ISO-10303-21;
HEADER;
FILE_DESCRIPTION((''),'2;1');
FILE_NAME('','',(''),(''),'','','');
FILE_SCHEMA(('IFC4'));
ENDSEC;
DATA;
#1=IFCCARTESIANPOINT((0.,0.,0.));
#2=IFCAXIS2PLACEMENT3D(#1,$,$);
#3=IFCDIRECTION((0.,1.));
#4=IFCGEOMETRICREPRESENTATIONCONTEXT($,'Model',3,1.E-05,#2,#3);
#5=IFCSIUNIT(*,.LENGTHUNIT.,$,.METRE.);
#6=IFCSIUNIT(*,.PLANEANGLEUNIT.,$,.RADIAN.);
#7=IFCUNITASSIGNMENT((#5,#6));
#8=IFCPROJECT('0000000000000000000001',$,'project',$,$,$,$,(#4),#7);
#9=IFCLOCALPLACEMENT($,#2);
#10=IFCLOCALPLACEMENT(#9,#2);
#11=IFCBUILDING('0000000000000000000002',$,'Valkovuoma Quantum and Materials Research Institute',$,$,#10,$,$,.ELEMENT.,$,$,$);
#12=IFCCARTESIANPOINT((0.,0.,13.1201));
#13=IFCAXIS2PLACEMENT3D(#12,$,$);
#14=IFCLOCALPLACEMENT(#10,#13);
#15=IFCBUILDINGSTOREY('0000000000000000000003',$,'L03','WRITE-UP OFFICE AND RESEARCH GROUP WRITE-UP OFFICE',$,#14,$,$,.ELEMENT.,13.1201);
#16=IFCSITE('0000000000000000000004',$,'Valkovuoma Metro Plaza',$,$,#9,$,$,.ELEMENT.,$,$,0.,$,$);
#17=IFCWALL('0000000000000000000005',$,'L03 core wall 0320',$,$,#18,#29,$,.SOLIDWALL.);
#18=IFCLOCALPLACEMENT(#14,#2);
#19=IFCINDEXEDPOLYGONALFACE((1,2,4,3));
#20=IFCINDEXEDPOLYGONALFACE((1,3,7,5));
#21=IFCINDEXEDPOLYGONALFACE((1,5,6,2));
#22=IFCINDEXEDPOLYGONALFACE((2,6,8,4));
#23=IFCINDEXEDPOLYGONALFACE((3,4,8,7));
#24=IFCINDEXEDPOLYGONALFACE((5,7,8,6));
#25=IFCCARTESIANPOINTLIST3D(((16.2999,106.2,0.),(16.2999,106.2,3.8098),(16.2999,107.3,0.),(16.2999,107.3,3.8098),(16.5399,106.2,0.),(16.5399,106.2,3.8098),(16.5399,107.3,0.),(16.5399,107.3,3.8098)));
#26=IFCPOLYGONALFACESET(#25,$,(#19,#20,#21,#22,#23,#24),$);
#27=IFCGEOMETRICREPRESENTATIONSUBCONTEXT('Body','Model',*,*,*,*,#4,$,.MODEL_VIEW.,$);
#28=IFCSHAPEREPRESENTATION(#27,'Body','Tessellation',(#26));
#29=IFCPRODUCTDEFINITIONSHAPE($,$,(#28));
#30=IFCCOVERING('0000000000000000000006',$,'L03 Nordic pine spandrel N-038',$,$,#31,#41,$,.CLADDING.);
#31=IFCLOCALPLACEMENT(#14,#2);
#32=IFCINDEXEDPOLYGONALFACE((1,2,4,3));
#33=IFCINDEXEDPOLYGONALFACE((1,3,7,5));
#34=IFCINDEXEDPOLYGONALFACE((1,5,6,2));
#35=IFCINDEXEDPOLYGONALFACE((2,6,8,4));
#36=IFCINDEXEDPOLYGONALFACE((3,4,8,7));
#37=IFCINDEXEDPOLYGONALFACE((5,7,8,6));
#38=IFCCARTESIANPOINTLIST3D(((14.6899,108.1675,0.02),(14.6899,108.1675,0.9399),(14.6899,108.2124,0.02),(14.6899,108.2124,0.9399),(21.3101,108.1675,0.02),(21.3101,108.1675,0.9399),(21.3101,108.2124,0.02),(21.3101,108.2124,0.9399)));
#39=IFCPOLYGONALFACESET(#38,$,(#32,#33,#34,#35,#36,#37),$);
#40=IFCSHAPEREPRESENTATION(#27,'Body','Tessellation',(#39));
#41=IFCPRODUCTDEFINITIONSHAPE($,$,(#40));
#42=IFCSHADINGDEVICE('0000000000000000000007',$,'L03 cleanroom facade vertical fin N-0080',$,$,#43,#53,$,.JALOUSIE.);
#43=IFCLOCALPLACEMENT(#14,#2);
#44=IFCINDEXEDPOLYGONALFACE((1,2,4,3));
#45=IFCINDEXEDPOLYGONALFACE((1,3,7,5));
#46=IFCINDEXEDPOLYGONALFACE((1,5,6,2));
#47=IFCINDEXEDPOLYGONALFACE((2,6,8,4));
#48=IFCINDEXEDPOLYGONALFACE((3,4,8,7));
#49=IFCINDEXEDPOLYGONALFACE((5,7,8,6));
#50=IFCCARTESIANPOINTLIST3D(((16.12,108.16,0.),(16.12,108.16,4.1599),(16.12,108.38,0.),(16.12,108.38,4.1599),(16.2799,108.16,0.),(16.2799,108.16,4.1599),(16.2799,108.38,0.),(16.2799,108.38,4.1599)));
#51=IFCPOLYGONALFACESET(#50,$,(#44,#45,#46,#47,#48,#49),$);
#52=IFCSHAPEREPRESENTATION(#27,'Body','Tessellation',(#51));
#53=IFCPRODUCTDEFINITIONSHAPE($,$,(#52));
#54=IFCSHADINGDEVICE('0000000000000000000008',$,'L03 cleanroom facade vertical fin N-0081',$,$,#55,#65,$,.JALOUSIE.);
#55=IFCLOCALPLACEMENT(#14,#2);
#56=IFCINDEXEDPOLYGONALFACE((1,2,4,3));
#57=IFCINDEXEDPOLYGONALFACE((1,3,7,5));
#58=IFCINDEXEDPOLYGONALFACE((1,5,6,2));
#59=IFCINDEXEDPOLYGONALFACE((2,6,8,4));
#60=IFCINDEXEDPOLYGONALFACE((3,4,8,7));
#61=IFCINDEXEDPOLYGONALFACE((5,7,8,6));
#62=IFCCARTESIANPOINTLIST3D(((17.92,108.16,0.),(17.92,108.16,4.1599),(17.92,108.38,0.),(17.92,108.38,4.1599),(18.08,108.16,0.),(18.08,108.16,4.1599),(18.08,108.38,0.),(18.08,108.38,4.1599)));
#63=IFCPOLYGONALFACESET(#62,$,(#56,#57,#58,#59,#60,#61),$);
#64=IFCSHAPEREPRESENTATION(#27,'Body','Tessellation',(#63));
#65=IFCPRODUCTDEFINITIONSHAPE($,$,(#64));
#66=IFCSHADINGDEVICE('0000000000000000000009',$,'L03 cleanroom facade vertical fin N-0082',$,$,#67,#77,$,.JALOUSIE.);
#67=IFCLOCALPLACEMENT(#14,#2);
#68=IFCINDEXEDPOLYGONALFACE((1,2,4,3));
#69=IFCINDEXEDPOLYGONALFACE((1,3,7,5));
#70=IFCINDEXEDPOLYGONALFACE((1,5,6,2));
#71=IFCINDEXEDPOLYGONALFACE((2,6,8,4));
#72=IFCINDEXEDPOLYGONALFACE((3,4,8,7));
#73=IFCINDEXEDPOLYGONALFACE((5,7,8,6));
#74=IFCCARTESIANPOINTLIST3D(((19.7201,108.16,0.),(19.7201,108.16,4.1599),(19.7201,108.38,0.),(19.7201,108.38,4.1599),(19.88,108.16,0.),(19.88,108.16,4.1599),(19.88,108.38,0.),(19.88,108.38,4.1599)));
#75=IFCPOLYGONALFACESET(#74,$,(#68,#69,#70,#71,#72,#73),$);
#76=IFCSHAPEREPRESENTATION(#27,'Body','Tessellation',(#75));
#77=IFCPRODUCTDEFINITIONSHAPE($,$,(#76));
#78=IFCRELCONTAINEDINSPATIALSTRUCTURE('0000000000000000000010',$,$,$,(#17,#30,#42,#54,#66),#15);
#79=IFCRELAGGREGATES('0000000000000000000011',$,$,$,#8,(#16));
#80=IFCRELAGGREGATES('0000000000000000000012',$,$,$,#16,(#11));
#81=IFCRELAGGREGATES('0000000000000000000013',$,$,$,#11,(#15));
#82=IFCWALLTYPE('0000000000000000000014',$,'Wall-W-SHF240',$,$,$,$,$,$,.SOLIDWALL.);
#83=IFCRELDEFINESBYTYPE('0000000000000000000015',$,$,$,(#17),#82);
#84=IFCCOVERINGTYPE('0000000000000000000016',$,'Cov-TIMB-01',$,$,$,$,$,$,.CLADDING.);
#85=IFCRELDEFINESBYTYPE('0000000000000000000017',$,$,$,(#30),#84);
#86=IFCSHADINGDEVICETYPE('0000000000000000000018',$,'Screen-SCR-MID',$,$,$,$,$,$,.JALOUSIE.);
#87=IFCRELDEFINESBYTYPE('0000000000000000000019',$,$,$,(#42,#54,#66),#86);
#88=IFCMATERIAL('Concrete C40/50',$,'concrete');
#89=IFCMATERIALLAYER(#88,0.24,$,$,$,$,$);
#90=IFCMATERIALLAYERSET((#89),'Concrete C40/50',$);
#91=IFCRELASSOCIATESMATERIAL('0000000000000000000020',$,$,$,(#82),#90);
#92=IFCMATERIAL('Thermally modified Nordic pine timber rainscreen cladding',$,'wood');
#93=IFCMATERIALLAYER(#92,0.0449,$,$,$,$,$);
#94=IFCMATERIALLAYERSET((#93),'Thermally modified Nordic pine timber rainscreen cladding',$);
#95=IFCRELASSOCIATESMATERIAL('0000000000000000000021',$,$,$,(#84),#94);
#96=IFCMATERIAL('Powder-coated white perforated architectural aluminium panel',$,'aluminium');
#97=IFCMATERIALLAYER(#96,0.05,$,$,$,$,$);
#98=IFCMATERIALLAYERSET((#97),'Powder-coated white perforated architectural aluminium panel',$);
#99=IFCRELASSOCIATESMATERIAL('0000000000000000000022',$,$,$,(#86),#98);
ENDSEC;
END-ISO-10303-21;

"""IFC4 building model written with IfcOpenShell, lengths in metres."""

from ifc_helpers import new_model, si_unit, direction, frame, frame_2d, origin, origin_2d, place, context, subcontext, project, spatial, rectangle, extrude, material, layer, layer_set, type_object, element, save


model = new_model("IFC4")

# Units and contexts
model_context = context("Model", 3, precision=1e-05, world=origin(), true_north=direction((0.0, 1.0)))
body_context = subcontext(model_context, "Body", "Model", "MODEL_VIEW")
ifc_project = project(units=[si_unit("LENGTHUNIT", "METRE"), si_unit("PLANEANGLEUNIT", "RADIAN")], contexts=[model_context])

# Site, building, storey
site_placement = place(None, origin())
site = spatial("IfcSite", under=ifc_project, at=site_placement, Name="Valkovuoma Metro Plaza", CompositionType="ELEMENT", RefElevation=0.0)
building_placement = place(site_placement, origin())
building = spatial("IfcBuilding", under=site, at=building_placement, Name="Valkovuoma Quantum and Materials Research Institute", CompositionType="ELEMENT")
storey_placement = place(building_placement, frame((0.0, 0.0, 13.1201)))
storey = spatial("IfcBuildingStorey", under=building, at=storey_placement, Name="L03", Description="WRITE-UP OFFICE AND RESEARCH GROUP WRITE-UP OFFICE", CompositionType="ELEMENT", Elevation=13.1201)

# Wall
ifc_material_1 = material(Name="Concrete C40/50", Category="concrete")
ifc_layer_1 = layer(ifc_material_1, 0.24)
ifc_layer_set_1 = layer_set([ifc_layer_1], Name="Concrete C40/50")
wall_type_1 = type_object("IfcWallType", Name="Wall-W-SHF240", PredefinedType="SOLIDWALL", material=ifc_layer_set_1)
for number, where, z_axis, x_axis, name in (
    (1, (16.4199, 106.2, 0.0), (0.0, 0.0, 1.0), (0.0, 1.0, 0.0), "L03 core wall 0320"),
):
    element("IfcWall", number, at=place(storey_placement, frame(where, z_axis=z_axis, x_axis=x_axis)), inside=storey, type_object=wall_type_1, Name=name, PredefinedType="SOLIDWALL", context=body_context, shape_type="SweptSolid", body=[
        extrude(rectangle(XDim=1.1001, YDim=0.24, at=frame_2d((0.55, 0.0))), origin(), (0.0, 0.0, 1.0), 3.8098),
    ])

# Covering
ifc_material_2 = material(Name="Thermally modified Nordic pine timber rainscreen cladding", Category="wood")
ifc_layer_2 = layer(ifc_material_2, 0.0449)
ifc_layer_set_2 = layer_set([ifc_layer_2], Name="Thermally modified Nordic pine timber rainscreen cladding")
covering_type = type_object("IfcCoveringType", Name="Cov-TIMB-01", PredefinedType="CLADDING", material=ifc_layer_set_2)
covering_placement = place(storey_placement, frame((18.0, 108.1899, 0.02), z_axis=(0.0, 0.0, 1.0), x_axis=(1.0, 0.0, 0.0)))
element("IfcCovering", 2, at=covering_placement, inside=storey, type_object=covering_type, Name="L03 Nordic pine spandrel N-038", PredefinedType="CLADDING", context=body_context, shape_type="SweptSolid", body=[
    extrude(rectangle(XDim=6.6201, YDim=0.0449, at=origin_2d()), origin(), (0.0, 0.0, 1.0), 0.9199),
])

# Shading devices
ifc_material_3 = material(Name="Powder-coated white perforated architectural aluminium panel", Category="aluminium")
ifc_layer_3 = layer(ifc_material_3, 0.05)
ifc_layer_set_3 = layer_set([ifc_layer_3], Name="Powder-coated white perforated architectural aluminium panel")
shading_device_type = type_object("IfcShadingDeviceType", Name="Screen-SCR-MID", PredefinedType="JALOUSIE", material=ifc_layer_set_3)
for number, where, z_axis, x_axis, name in (
    (3, (16.2, 108.27, 0.0), (0.0, 0.0, 1.0), (1.0, 0.0, 0.0), "L03 cleanroom facade vertical fin N-0080"),
    (4, (18.0, 108.27, 0.0), (0.0, 0.0, 1.0), (1.0, 0.0, 0.0), "L03 cleanroom facade vertical fin N-0081"),
    (5, (19.8, 108.27, 0.0), (0.0, 0.0, 1.0), (1.0, 0.0, 0.0), "L03 cleanroom facade vertical fin N-0082"),
):
    element("IfcShadingDevice", number, at=place(storey_placement, frame(where, z_axis=z_axis, x_axis=x_axis)), inside=storey, type_object=shading_device_type, Name=name, PredefinedType="JALOUSIE", context=body_context, shape_type="SweptSolid", body=[
        extrude(rectangle(XDim=0.1599, YDim=0.22, at=origin_2d()), origin(), (0.0, 0.0, 1.0), 4.1599),
    ])

save(model, "model.ifc")
